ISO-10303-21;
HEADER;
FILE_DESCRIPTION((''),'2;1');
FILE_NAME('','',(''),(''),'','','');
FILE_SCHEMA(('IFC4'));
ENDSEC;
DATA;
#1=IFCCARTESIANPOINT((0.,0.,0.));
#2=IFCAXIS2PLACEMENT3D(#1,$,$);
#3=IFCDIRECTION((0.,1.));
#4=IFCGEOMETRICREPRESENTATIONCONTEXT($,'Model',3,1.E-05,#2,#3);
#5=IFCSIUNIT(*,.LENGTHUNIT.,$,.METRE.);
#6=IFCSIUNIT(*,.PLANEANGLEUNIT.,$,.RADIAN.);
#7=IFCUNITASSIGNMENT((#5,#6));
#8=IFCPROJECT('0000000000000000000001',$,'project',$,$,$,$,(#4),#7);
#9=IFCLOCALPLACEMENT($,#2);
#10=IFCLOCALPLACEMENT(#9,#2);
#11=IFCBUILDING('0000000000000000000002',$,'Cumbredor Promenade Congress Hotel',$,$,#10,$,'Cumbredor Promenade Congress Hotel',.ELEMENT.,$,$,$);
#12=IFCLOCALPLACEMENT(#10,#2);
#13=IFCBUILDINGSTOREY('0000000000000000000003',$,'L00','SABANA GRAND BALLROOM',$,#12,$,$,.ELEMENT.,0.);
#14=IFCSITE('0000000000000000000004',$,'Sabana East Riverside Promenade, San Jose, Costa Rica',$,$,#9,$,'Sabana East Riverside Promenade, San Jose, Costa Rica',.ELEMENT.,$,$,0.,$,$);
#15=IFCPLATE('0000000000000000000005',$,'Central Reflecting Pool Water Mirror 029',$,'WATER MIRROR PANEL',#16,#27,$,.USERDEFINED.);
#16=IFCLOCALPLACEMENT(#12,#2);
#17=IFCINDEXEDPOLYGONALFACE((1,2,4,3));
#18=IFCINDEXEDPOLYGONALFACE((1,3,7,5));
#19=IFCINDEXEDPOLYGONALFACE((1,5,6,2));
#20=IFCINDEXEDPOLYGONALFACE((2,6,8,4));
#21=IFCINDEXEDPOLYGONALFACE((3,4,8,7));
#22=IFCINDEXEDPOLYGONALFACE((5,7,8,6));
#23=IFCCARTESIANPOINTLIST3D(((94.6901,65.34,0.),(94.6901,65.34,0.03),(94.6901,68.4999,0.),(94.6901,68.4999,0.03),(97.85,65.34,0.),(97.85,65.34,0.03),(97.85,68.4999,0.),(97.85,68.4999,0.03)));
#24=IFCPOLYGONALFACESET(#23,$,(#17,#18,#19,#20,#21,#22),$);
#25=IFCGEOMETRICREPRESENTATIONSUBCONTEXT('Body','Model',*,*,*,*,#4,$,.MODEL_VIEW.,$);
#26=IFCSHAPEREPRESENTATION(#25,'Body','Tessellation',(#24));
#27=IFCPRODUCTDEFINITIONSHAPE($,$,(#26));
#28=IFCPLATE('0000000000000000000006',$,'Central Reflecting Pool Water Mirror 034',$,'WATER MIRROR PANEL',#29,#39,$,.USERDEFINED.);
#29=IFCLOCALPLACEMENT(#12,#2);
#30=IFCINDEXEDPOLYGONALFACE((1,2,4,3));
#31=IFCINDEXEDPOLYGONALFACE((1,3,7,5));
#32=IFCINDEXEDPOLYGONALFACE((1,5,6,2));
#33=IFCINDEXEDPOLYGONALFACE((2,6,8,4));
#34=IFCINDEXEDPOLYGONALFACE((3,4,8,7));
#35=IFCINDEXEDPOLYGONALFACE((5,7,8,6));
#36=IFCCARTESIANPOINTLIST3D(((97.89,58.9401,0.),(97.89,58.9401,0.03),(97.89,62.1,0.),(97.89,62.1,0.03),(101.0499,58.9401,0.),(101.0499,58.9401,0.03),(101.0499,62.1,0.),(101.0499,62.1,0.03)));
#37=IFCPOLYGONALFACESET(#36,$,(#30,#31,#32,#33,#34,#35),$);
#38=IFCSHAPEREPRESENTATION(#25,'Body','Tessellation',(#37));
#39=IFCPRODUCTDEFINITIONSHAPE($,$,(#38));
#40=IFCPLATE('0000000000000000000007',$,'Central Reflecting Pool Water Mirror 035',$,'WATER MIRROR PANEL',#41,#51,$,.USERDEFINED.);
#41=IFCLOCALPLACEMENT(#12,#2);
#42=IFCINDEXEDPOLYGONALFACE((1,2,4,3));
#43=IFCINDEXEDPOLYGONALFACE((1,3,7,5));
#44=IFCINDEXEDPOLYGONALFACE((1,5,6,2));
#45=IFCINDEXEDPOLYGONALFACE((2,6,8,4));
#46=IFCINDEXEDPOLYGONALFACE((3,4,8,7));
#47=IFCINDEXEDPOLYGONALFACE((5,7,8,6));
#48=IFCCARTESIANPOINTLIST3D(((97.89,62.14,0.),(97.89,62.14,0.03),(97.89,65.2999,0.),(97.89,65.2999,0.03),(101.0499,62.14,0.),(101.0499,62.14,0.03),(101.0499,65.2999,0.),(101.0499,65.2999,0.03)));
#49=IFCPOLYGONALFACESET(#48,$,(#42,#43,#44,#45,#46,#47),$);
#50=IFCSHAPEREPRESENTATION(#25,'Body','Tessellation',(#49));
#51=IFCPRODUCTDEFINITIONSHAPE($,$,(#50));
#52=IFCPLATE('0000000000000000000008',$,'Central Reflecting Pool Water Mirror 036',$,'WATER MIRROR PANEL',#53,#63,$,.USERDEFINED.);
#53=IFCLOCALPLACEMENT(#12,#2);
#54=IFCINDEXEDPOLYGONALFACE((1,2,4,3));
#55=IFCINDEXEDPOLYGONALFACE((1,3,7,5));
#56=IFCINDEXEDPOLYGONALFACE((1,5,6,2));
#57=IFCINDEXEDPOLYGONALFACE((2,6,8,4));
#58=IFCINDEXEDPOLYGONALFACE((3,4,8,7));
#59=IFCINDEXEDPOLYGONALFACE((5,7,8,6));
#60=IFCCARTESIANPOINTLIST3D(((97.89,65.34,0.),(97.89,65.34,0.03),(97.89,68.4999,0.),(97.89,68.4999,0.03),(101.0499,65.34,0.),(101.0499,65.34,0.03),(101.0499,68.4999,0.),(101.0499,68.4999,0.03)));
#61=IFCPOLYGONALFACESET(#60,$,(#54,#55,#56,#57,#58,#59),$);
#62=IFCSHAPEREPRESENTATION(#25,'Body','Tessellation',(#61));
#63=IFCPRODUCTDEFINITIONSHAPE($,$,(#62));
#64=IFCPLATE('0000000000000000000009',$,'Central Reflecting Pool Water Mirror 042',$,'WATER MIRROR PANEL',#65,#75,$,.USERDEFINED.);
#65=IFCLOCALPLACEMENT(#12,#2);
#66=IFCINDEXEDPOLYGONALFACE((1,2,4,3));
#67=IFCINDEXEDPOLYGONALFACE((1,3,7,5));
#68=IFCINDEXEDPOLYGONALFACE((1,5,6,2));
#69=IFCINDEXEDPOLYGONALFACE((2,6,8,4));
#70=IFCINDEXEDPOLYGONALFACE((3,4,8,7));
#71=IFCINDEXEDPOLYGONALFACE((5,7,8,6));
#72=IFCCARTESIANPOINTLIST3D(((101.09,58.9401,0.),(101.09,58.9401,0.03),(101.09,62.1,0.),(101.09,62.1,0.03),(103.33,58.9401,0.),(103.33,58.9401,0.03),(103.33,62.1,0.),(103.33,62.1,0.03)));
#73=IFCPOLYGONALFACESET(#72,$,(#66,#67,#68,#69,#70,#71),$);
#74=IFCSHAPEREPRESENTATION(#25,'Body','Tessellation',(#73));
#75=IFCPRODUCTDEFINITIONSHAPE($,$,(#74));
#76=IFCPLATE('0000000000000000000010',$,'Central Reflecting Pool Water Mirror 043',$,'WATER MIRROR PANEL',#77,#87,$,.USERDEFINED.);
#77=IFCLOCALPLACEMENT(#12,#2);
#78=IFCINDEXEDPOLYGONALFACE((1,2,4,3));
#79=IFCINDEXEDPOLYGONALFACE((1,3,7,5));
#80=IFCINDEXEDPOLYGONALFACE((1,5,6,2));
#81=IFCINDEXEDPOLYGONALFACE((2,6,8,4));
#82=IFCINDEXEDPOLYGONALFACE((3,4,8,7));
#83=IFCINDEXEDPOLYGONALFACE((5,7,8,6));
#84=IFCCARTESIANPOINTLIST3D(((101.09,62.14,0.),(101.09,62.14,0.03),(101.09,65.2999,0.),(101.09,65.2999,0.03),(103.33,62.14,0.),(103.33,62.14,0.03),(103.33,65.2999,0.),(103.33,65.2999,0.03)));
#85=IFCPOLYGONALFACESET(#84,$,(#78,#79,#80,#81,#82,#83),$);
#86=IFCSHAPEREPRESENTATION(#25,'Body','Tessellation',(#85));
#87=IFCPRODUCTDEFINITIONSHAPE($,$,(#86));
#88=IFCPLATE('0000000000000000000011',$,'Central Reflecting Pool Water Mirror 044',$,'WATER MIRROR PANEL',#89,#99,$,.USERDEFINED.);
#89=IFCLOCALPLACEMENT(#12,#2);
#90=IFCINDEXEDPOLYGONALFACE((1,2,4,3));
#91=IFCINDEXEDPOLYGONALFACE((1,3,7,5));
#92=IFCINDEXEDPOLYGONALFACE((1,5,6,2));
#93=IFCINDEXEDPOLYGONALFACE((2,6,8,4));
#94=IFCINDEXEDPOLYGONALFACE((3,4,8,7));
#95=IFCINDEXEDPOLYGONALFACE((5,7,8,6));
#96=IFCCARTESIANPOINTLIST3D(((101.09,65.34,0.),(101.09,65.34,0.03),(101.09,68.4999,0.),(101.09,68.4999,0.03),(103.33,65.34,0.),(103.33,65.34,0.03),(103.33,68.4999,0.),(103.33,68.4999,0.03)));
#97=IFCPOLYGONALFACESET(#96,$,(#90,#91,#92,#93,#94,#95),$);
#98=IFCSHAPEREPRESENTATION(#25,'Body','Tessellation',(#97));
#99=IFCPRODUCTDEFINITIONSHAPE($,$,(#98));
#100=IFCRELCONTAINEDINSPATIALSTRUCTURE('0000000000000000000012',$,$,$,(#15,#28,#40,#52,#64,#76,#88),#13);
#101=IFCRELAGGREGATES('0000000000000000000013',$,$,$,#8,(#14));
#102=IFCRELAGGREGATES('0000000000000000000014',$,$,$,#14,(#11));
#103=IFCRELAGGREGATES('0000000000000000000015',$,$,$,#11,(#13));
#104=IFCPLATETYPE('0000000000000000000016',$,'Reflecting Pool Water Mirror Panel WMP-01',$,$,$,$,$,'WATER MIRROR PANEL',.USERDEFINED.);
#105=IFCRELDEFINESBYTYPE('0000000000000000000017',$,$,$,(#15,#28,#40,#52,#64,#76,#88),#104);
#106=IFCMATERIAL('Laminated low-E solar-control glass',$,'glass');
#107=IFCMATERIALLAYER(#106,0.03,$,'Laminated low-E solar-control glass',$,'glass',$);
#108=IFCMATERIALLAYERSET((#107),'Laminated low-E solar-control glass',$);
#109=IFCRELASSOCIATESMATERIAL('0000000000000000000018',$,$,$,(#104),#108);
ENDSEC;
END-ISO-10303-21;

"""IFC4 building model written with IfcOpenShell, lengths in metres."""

from ifc_helpers import new_model, si_unit, direction, frame, origin, origin_2d, place, context, subcontext, project, spatial, rectangle, extrude, material, layer, layer_set, type_object, element, save


model = new_model("IFC4")

# Units and contexts
model_context = context("Model", 3, precision=1e-05, world=origin(), true_north=direction((0.0, 1.0)))
body_context = subcontext(model_context, "Body", "Model", "MODEL_VIEW")
ifc_project = project(units=[si_unit("LENGTHUNIT", "METRE"), si_unit("PLANEANGLEUNIT", "RADIAN")], contexts=[model_context])

# Site, building, storey
site_placement = place(None, origin())
site = spatial("IfcSite", under=ifc_project, at=site_placement, Name="Sabana East Riverside Promenade, San Jose, Costa Rica", LongName="Sabana East Riverside Promenade, San Jose, Costa Rica", CompositionType="ELEMENT", RefElevation=0.0)
building_placement = place(site_placement, origin())
building = spatial("IfcBuilding", under=site, at=building_placement, Name="Cumbredor Promenade Congress Hotel", LongName="Cumbredor Promenade Congress Hotel", CompositionType="ELEMENT")
storey_placement = place(building_placement, origin())
storey = spatial("IfcBuildingStorey", under=building, at=storey_placement, Name="L00", Description="SABANA GRAND BALLROOM", CompositionType="ELEMENT", Elevation=0.0)

# Shared definitions
ifc_material_1 = material(Name="Laminated low-E solar-control glass", Category="glass")

# Plates
ifc_layer_1 = layer(ifc_material_1, 0.03, Name="Laminated low-E solar-control glass", Category="glass")
ifc_layer_set_1 = layer_set([ifc_layer_1], Name="Laminated low-E solar-control glass")
plate_type_1 = type_object("IfcPlateType", Name="Reflecting Pool Water Mirror Panel WMP-01", ElementType="WATER MIRROR PANEL", PredefinedType="USERDEFINED", material=ifc_layer_set_1)
for number, where, z_axis, x_axis, name in (
    (1, (96.27, 66.9199, 0.0), (0.0, 0.0, 1.0), (1.0, 0.0, 0.0), "Central Reflecting Pool Water Mirror 029"),
    (2, (99.47, 60.52, 0.0), (0.0, 0.0, 1.0), (1.0, 0.0, 0.0), "Central Reflecting Pool Water Mirror 034"),
    (3, (99.47, 63.72, 0.0), (0.0, 0.0, 1.0), (1.0, 0.0, 0.0), "Central Reflecting Pool Water Mirror 035"),
    (4, (99.47, 66.9199, 0.0), (0.0, 0.0, 1.0), (1.0, 0.0, 0.0), "Central Reflecting Pool Water Mirror 036"),
):
    element("IfcPlate", number, at=place(storey_placement, frame(where, z_axis=z_axis, x_axis=x_axis)), inside=storey, type_object=plate_type_1, Name=name, ObjectType="WATER MIRROR PANEL", PredefinedType="USERDEFINED", context=body_context, shape_type="SweptSolid", body=[
        extrude(rectangle(XDim=3.1599, YDim=3.1599, at=origin_2d()), origin(), (0.0, 0.0, 1.0), 0.03),
    ])
for number, where, z_axis, x_axis, name in (
    (5, (102.21, 60.52, 0.0), (0.0, 0.0, 1.0), (1.0, 0.0, 0.0), "Central Reflecting Pool Water Mirror 042"),
    (6, (102.21, 63.72, 0.0), (0.0, 0.0, 1.0), (1.0, 0.0, 0.0), "Central Reflecting Pool Water Mirror 043"),
    (7, (102.21, 66.9199, 0.0), (0.0, 0.0, 1.0), (1.0, 0.0, 0.0), "Central Reflecting Pool Water Mirror 044"),
):
    element("IfcPlate", number, at=place(storey_placement, frame(where, z_axis=z_axis, x_axis=x_axis)), inside=storey, type_object=plate_type_1, Name=name, ObjectType="WATER MIRROR PANEL", PredefinedType="USERDEFINED", context=body_context, shape_type="SweptSolid", body=[
        extrude(rectangle(XDim=2.24, YDim=3.1599, at=origin_2d()), origin(), (0.0, 0.0, 1.0), 0.03),
    ])

save(model, "model.ifc")
